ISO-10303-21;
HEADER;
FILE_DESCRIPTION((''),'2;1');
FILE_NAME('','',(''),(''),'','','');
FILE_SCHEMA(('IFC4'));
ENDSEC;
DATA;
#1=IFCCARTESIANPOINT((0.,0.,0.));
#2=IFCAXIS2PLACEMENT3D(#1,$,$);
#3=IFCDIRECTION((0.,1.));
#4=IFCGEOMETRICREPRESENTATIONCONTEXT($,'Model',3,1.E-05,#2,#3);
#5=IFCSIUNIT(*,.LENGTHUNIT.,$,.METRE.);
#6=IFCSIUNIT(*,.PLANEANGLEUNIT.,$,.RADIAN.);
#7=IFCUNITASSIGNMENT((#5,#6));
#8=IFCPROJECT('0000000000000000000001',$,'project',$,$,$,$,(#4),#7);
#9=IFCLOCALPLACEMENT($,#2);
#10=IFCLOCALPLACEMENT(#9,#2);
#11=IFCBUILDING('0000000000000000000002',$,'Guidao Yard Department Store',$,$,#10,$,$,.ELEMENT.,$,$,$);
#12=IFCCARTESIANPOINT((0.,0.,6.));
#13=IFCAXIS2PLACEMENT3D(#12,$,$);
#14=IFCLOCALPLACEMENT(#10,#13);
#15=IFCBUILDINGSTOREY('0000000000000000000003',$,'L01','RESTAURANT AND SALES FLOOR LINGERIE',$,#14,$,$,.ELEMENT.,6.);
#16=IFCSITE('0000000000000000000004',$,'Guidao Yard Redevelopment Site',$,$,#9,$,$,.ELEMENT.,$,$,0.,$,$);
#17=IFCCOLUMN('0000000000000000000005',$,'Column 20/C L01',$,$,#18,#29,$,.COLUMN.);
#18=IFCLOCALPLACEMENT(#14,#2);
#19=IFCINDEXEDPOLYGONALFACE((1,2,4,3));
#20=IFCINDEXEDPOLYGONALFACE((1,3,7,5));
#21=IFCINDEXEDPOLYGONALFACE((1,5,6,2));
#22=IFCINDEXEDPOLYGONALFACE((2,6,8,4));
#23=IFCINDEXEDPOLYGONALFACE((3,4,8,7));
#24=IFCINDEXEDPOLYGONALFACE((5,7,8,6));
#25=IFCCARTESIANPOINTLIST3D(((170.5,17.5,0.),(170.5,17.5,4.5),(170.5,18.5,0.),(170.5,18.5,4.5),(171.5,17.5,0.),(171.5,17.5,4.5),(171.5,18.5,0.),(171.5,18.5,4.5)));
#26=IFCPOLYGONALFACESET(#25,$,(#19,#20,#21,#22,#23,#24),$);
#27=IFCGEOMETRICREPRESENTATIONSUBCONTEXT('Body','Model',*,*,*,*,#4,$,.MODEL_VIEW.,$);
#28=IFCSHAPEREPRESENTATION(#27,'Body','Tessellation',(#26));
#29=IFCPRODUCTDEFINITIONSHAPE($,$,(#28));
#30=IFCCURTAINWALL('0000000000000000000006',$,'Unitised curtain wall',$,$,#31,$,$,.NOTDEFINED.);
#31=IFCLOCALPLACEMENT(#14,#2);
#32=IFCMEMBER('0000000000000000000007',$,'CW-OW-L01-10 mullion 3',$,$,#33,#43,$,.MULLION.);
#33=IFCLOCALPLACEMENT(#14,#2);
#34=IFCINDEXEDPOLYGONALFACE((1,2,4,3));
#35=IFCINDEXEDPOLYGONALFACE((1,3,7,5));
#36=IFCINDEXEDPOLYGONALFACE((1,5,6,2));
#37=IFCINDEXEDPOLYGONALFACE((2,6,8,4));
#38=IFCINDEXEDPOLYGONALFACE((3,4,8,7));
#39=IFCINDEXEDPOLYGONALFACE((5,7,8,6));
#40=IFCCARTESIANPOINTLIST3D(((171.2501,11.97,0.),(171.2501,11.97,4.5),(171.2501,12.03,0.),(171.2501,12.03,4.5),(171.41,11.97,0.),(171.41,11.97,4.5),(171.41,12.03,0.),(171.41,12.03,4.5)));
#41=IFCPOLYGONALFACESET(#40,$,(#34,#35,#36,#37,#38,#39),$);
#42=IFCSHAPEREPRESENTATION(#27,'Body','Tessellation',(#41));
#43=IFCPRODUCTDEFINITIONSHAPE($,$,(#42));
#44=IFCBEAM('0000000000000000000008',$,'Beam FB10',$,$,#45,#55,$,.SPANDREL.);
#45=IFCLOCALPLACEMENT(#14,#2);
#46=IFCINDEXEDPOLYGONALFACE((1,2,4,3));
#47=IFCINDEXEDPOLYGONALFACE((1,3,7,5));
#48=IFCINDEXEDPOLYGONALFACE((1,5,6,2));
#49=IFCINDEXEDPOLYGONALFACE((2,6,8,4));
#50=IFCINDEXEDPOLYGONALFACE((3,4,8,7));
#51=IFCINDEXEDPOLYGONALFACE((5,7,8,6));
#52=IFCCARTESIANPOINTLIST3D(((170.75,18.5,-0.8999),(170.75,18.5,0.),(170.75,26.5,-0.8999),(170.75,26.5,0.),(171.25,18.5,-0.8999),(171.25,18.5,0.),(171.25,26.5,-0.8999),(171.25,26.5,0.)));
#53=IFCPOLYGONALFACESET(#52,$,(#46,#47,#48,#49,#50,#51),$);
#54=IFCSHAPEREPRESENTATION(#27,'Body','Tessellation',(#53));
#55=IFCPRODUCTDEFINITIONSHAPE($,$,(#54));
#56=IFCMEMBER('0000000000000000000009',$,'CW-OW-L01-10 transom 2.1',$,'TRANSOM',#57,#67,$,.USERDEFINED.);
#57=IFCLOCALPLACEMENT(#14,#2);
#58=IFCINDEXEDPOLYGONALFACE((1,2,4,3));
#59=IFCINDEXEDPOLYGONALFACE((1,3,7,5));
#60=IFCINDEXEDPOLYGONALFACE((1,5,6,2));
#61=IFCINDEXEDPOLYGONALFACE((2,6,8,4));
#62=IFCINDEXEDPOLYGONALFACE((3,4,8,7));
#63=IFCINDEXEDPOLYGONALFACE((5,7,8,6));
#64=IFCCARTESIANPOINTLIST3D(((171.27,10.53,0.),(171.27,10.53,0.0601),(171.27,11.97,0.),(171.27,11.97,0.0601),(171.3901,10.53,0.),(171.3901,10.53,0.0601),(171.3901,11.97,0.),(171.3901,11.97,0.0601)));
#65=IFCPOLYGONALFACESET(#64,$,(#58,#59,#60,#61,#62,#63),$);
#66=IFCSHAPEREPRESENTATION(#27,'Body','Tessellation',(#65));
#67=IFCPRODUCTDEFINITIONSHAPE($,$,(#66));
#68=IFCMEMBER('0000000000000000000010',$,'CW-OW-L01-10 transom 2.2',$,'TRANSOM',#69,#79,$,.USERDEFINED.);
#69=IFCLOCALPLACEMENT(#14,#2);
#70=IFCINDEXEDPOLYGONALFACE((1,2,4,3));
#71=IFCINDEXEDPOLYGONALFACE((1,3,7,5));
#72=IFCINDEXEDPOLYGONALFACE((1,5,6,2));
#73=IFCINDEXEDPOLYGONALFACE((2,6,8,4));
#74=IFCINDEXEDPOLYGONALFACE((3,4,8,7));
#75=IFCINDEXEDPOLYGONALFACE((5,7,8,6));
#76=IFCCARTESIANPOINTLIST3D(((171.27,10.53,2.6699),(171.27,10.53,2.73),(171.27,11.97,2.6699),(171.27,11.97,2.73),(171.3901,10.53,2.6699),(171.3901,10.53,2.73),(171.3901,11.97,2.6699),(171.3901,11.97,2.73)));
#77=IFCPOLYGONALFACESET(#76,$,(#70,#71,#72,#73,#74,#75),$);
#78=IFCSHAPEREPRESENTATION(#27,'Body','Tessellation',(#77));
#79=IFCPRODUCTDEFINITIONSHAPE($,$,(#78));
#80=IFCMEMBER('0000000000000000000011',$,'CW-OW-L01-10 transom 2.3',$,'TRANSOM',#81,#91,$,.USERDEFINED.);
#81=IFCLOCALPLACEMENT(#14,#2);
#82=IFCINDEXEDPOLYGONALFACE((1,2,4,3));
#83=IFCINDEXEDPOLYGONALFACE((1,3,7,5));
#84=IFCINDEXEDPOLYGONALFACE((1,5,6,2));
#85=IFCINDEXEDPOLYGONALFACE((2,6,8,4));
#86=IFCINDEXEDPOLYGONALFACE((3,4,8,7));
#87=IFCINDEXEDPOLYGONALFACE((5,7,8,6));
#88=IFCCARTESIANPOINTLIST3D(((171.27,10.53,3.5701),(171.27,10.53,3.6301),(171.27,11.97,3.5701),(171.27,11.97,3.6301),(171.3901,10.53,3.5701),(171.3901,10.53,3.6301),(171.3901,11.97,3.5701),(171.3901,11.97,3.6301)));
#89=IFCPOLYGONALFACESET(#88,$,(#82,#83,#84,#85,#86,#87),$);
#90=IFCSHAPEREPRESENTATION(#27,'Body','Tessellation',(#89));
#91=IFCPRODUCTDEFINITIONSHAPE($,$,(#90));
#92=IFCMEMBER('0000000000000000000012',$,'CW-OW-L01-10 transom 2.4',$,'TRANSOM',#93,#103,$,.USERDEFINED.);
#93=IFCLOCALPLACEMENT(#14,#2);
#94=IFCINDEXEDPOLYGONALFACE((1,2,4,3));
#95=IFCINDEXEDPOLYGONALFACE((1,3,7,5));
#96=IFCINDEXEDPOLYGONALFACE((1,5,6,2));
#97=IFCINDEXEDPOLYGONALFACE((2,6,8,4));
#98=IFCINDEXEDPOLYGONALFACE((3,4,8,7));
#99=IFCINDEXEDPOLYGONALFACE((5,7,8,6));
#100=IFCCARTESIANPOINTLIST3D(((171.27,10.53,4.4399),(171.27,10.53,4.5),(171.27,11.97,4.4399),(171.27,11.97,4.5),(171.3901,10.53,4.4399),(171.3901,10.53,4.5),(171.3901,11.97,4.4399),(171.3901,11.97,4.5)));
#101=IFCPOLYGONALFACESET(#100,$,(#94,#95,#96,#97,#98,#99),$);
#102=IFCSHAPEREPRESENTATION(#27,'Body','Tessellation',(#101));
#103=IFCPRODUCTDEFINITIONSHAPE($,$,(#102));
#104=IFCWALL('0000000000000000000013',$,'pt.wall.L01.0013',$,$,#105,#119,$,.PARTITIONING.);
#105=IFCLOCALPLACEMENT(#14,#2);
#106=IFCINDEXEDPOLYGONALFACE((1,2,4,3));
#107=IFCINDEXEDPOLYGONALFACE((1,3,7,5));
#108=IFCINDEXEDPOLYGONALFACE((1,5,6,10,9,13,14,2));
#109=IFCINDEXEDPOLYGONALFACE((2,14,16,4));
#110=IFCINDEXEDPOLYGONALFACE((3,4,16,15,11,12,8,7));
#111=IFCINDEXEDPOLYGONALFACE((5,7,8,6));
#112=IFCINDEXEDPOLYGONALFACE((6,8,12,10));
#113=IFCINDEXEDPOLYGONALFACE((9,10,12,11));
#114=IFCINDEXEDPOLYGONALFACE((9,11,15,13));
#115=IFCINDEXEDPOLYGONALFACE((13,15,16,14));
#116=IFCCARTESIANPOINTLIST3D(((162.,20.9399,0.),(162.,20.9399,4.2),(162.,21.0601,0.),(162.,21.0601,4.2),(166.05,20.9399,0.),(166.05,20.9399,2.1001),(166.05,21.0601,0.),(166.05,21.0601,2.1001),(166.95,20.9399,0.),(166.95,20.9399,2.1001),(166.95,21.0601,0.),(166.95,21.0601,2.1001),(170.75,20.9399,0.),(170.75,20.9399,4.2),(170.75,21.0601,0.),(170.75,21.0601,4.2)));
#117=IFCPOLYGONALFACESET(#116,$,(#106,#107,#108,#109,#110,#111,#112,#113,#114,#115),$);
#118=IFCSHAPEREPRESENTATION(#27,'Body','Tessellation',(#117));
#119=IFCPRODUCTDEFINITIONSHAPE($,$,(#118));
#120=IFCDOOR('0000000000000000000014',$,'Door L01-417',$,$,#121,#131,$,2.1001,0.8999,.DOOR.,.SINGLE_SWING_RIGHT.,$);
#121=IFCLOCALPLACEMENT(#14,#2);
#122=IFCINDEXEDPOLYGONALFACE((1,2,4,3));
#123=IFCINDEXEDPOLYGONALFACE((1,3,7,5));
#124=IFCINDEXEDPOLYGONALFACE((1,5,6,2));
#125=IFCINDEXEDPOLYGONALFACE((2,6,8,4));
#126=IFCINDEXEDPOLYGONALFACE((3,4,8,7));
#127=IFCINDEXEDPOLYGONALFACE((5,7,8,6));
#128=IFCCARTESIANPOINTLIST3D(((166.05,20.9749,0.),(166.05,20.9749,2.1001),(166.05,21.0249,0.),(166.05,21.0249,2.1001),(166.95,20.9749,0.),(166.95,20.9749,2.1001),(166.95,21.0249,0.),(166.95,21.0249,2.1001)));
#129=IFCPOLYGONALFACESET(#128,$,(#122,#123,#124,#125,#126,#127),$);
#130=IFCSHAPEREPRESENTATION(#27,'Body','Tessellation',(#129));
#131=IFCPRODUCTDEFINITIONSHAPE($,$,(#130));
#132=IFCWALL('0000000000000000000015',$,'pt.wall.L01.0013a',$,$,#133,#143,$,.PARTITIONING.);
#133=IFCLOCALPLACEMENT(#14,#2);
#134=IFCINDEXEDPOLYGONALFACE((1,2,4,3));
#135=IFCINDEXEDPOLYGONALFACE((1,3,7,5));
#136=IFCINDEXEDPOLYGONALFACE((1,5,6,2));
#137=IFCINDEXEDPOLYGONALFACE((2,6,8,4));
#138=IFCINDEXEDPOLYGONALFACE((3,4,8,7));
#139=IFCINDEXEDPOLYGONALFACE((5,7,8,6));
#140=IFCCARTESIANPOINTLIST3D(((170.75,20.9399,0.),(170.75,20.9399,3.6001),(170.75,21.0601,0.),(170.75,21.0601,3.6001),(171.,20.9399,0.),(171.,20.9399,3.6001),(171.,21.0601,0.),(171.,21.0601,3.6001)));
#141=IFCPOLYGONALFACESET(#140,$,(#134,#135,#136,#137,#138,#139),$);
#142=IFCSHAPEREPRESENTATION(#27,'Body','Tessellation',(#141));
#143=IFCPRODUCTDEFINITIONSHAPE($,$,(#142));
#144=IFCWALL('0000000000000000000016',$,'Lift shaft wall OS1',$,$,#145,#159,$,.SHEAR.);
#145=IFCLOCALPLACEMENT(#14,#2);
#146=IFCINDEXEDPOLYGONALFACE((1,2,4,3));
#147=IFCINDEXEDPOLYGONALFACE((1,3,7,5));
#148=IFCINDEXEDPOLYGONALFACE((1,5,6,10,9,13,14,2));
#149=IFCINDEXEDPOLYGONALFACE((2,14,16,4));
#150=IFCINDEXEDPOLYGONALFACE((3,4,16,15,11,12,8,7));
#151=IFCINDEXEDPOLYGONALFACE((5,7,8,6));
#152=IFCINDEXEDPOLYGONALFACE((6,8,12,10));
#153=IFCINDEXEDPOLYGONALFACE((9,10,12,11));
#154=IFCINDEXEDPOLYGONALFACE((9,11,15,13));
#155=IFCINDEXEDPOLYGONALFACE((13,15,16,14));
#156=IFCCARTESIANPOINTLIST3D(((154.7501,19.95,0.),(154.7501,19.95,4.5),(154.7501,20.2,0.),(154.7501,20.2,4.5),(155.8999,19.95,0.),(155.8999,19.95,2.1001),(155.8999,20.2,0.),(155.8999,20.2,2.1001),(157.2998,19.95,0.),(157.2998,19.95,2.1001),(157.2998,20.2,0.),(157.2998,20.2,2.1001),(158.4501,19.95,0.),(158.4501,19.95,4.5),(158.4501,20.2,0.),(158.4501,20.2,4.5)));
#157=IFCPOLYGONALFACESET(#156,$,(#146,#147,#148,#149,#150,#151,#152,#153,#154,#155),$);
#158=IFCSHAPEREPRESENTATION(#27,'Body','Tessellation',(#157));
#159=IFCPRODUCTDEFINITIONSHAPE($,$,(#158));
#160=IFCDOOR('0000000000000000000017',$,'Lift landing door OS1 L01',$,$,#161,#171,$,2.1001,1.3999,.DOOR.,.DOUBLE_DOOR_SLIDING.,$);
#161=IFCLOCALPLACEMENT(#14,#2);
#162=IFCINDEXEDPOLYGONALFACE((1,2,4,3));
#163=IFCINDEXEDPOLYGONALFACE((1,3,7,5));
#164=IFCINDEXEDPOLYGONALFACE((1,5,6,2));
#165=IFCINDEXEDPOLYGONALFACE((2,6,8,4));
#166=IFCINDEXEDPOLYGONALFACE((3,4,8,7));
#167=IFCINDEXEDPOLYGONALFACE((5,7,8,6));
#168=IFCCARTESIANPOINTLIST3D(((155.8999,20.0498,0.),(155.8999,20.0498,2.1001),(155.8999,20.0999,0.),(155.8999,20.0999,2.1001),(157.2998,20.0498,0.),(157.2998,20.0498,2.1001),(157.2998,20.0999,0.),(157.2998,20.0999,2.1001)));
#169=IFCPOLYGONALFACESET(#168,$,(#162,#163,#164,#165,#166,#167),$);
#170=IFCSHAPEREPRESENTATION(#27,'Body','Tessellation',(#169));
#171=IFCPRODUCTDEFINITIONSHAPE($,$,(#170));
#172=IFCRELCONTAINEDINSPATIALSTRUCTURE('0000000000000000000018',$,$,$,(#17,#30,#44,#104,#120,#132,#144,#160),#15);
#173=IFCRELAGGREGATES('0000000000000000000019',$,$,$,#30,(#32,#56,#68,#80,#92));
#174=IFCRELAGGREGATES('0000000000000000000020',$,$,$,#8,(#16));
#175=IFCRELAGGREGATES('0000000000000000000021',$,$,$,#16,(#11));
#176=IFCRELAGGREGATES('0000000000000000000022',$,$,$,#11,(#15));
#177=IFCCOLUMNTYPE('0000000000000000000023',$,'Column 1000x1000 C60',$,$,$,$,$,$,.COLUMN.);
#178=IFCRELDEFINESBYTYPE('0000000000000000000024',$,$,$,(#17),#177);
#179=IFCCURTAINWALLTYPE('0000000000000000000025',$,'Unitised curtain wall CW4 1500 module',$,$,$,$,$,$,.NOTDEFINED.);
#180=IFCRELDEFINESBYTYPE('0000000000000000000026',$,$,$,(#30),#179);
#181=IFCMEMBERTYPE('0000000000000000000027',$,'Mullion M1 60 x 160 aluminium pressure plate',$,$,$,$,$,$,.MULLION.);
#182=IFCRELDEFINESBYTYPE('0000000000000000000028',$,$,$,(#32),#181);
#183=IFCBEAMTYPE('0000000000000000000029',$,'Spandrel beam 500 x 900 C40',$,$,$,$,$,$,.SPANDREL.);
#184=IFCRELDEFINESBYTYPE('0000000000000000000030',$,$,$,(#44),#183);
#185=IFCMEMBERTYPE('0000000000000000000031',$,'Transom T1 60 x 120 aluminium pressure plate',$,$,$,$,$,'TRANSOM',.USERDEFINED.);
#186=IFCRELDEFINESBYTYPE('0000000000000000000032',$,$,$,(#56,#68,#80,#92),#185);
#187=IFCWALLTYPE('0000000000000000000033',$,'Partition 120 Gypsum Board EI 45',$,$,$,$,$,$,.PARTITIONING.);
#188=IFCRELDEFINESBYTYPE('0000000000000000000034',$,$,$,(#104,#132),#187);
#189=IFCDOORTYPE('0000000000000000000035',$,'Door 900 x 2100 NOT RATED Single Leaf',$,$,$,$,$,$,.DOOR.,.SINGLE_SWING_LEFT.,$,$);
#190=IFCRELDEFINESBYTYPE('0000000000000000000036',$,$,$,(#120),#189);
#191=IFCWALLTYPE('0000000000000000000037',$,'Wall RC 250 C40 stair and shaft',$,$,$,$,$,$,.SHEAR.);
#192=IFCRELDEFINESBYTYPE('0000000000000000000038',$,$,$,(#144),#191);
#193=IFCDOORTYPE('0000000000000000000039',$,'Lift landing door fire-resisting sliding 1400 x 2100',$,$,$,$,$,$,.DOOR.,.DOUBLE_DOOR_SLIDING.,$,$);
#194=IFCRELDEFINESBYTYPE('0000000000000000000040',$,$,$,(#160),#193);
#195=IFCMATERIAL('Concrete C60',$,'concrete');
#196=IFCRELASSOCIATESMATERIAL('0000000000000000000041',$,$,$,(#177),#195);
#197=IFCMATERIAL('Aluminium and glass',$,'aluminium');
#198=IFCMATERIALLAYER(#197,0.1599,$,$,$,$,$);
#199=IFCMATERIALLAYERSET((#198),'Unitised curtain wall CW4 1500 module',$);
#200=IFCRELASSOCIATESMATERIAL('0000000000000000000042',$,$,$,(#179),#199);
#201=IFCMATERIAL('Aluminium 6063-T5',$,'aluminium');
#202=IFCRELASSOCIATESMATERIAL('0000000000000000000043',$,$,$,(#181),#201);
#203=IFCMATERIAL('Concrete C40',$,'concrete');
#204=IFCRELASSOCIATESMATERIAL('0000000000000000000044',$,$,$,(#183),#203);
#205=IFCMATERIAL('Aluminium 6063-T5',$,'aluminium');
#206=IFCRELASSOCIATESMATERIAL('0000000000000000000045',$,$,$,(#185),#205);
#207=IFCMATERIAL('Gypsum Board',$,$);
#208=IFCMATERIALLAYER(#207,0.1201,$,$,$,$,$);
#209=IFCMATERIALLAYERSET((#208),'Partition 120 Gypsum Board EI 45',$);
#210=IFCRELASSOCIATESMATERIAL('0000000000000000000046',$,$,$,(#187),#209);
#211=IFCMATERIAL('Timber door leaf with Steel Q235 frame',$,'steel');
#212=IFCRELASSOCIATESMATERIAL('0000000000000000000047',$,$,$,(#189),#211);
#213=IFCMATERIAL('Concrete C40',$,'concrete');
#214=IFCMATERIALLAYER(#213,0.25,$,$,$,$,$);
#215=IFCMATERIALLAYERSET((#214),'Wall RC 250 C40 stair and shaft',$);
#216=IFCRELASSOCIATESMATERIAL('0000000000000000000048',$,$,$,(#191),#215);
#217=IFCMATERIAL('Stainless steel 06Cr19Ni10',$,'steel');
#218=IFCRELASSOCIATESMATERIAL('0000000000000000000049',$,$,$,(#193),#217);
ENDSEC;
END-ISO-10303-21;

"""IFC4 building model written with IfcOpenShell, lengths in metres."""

from ifc_helpers import new_model, si_unit, direction, frame, frame_2d, origin, origin_2d, place, context, subcontext, project, spatial, rectangle, extrude, material, layer, layer_set, material_profile, profile_set, type_object, element, fill, aggregate, save


model = new_model("IFC4")

# Units and contexts
model_context = context("Model", 3, precision=1e-05, world=origin(), true_north=direction((0.0, 1.0)))
body_context = subcontext(model_context, "Body", "Model", "MODEL_VIEW")
ifc_project = project(units=[si_unit("LENGTHUNIT", "METRE"), si_unit("PLANEANGLEUNIT", "RADIAN")], contexts=[model_context])

# Site, building, storey
site_placement = place(None, origin())
site = spatial("IfcSite", under=ifc_project, at=site_placement, Name="Guidao Yard Redevelopment Site", CompositionType="ELEMENT", RefElevation=0.0)
building_placement = place(site_placement, origin())
building = spatial("IfcBuilding", under=site, at=building_placement, Name="Guidao Yard Department Store", CompositionType="ELEMENT")
storey_placement = place(building_placement, frame((0.0, 0.0, 6.0)))
storey = spatial("IfcBuildingStorey", under=building, at=storey_placement, Name="L01", Description="RESTAURANT AND SALES FLOOR LINGERIE", CompositionType="ELEMENT", Elevation=6.0)

# Column
ifc_material_1 = material(Name="Concrete C60", Category="concrete")
ifc_material_profile_1 = material_profile(ifc_material_1, rectangle(XDim=1.0, YDim=1.0, at=origin_2d()), Name="COL 1000x1000")
ifc_profile_set_1 = profile_set([ifc_material_profile_1], Name="Concrete C60")
column_type = type_object("IfcColumnType", Name="Column 1000x1000 C60", PredefinedType="COLUMN", material=ifc_profile_set_1)
column_placement = place(storey_placement, frame((171.0, 18.0, 0.0), z_axis=(0.0, 0.0, 1.0), x_axis=(1.0, 0.0, 0.0)))
element("IfcColumn", 1, at=column_placement, inside=storey, type_object=column_type, Name="Column 20/C L01", PredefinedType="COLUMN", context=body_context, shape_type="SweptSolid", body=[
    extrude(rectangle(XDim=1.0, YDim=1.0, at=origin_2d()), origin(), (0.0, 0.0, 1.0), 4.5),
])

# Curtain wall, member
ifc_material_2 = material(Name="Aluminium and glass", Category="aluminium")
ifc_layer_1 = layer(ifc_material_2, 0.1599)
ifc_layer_set_1 = layer_set([ifc_layer_1], Name="Unitised curtain wall CW4 1500 module")
curtain_wall_type = type_object("IfcCurtainWallType", Name="Unitised curtain wall CW4 1500 module", PredefinedType="NOTDEFINED", material=ifc_layer_set_1)
curtain_wall_placement = place(storey_placement, origin())
curtain_wall = element("IfcCurtainWall", 2, at=curtain_wall_placement, inside=storey, type_object=curtain_wall_type, Name="Unitised curtain wall", PredefinedType="NOTDEFINED")
ifc_material_3 = material(Name="Aluminium 6063-T5", Category="aluminium")
ifc_material_profile_2 = material_profile(ifc_material_3, rectangle(XDim=0.0601, YDim=0.1599, at=origin_2d()), Name="Mullion M1 60 x 160 aluminium pressure plate")
ifc_profile_set_2 = profile_set([ifc_material_profile_2], Name="Aluminium 6063-T5")
member_type_1 = type_object("IfcMemberType", Name="Mullion M1 60 x 160 aluminium pressure plate", PredefinedType="MULLION", material=ifc_profile_set_2)
member_1_placement = place(storey_placement, frame((171.3301, 12.0, 0.0), z_axis=(0.0, 0.0, 1.0), x_axis=(0.0, -1.0, 0.0)))
member_1 = element("IfcMember", 3, at=member_1_placement, type_object=member_type_1, Name="CW-OW-L01-10 mullion 3", PredefinedType="MULLION", context=body_context, shape_type="SweptSolid", body=[
    extrude(rectangle(XDim=0.0601, YDim=0.1599, at=origin_2d()), origin(), (0.0, 0.0, 1.0), 4.5),
])

# Beam
ifc_material_4 = material(Name="Concrete C40", Category="concrete")
ifc_material_profile_3 = material_profile(ifc_material_4, rectangle(XDim=0.5, YDim=0.8999, at=origin_2d()), Name="Spandrel beam 500 x 900 C40")
ifc_profile_set_3 = profile_set([ifc_material_profile_3], Name="Concrete C40")
beam_type = type_object("IfcBeamType", Name="Spandrel beam 500 x 900 C40", PredefinedType="SPANDREL", material=ifc_profile_set_3)
beam_placement = place(storey_placement, frame((171.0, 18.5, -0.45), z_axis=(0.0, 1.0, 0.0), x_axis=(-1.0, 0.0, 0.0)))
element("IfcBeam", 4, at=beam_placement, inside=storey, type_object=beam_type, Name="Beam FB10", PredefinedType="SPANDREL", context=body_context, shape_type="SweptSolid", body=[
    extrude(rectangle(XDim=0.5, YDim=0.8999, at=origin_2d()), origin(), (0.0, 0.0, 1.0), 8.0),
])

# Members
ifc_material_5 = material(Name="Aluminium 6063-T5", Category="aluminium")
ifc_material_profile_4 = material_profile(ifc_material_5, rectangle(XDim=0.1201, YDim=0.0601, at=origin_2d()), Name="Transom T1 60 x 120 aluminium pressure plate")
ifc_profile_set_4 = profile_set([ifc_material_profile_4], Name="Aluminium 6063-T5")
member_type_2 = type_object("IfcMemberType", Name="Transom T1 60 x 120 aluminium pressure plate", ElementType="TRANSOM", PredefinedType="USERDEFINED", material=ifc_profile_set_4)
member_2_placement = place(storey_placement, frame((171.3301, 11.97, 0.03), z_axis=(0.0, -1.0, 0.0), x_axis=(1.0, 0.0, 0.0)))
member_2 = element("IfcMember", 5, at=member_2_placement, type_object=member_type_2, Name="CW-OW-L01-10 transom 2.1", ObjectType="TRANSOM", PredefinedType="USERDEFINED", context=body_context, shape_type="SweptSolid", body=[
    extrude(rectangle(XDim=0.1201, YDim=0.0601, at=origin_2d()), origin(), (0.0, 0.0, 1.0), 1.4399),
])
member_3_placement = place(storey_placement, frame((171.3301, 11.97, 2.7), z_axis=(0.0, -1.0, 0.0), x_axis=(1.0, 0.0, 0.0)))
member_3 = element("IfcMember", 6, at=member_3_placement, type_object=member_type_2, Name="CW-OW-L01-10 transom 2.2", ObjectType="TRANSOM", PredefinedType="USERDEFINED", context=body_context, shape_type="SweptSolid", body=[
    extrude(rectangle(XDim=0.1201, YDim=0.0601, at=origin_2d()), origin(), (0.0, 0.0, 1.0), 1.4399),
])
member_4_placement = place(storey_placement, frame((171.3301, 11.97, 3.6001), z_axis=(0.0, -1.0, 0.0), x_axis=(1.0, 0.0, 0.0)))
member_4 = element("IfcMember", 7, at=member_4_placement, type_object=member_type_2, Name="CW-OW-L01-10 transom 2.3", ObjectType="TRANSOM", PredefinedType="USERDEFINED", context=body_context, shape_type="SweptSolid", body=[
    extrude(rectangle(XDim=0.1201, YDim=0.0601, at=origin_2d()), origin(), (0.0, 0.0, 1.0), 1.4399),
])
member_5_placement = place(storey_placement, frame((171.3301, 11.97, 4.47), z_axis=(0.0, -1.0, 0.0), x_axis=(1.0, 0.0, 0.0)))
member_5 = element("IfcMember", 8, at=member_5_placement, type_object=member_type_2, Name="CW-OW-L01-10 transom 2.4", ObjectType="TRANSOM", PredefinedType="USERDEFINED", context=body_context, shape_type="SweptSolid", body=[
    extrude(rectangle(XDim=0.1201, YDim=0.0601, at=origin_2d()), origin(), (0.0, 0.0, 1.0), 1.4399),
])
aggregate(curtain_wall, [member_1, member_2, member_3, member_4, member_5])

# Wall, opening, door
ifc_material_6 = material(Name="Gypsum Board")
ifc_layer_2 = layer(ifc_material_6, 0.1201)
ifc_layer_set_2 = layer_set([ifc_layer_2], Name="Partition 120 Gypsum Board EI 45")
wall_type_1 = type_object("IfcWallType", Name="Partition 120 Gypsum Board EI 45", PredefinedType="PARTITIONING", material=ifc_layer_set_2)
wall_1_placement = place(storey_placement, frame((162.0, 21.0, 0.0), z_axis=(0.0, 0.0, 1.0), x_axis=(1.0, 0.0, 0.0)))
wall_1 = element("IfcWall", 9, at=wall_1_placement, inside=storey, type_object=wall_type_1, Name="pt.wall.L01.0013", PredefinedType="PARTITIONING", context=body_context, shape_type="SweptSolid", body=[
    extrude(rectangle(XDim=8.75, YDim=0.1201, at=frame_2d((4.375, 0.0))), origin(), (0.0, 0.0, 1.0), 4.2),
])
opening_1_placement = place(wall_1_placement, frame((4.05, 0.0, 0.0)))
opening_1 = element("IfcOpeningElement", 10, at=opening_1_placement, cuts=wall_1, PredefinedType="OPENING", context=body_context, shape_type="SweptSolid", body=[
    extrude(rectangle(XDim=0.8999, YDim=2.1001, at=frame_2d((0.45, 1.05))), frame((0.0, 0.0701, 0.0), z_axis=(0.0, -1.0, 0.0), x_axis=(1.0, 0.0, 0.0)), (0.0, 0.0, 1.0), 0.1401),
])
ifc_material_7 = material(Name="Timber door leaf with Steel Q235 frame", Category="steel")
door_type_1 = type_object("IfcDoorType", Name="Door 900 x 2100 NOT RATED Single Leaf", OperationType="SINGLE_SWING_LEFT", PredefinedType="DOOR", material=ifc_material_7)
door_1_placement = place(opening_1_placement, origin())
door_1 = element("IfcDoor", 11, at=door_1_placement, inside=storey, type_object=door_type_1, Name="Door L01-417", OperationType="SINGLE_SWING_RIGHT", OverallHeight=2.1001, OverallWidth=0.8999, PredefinedType="DOOR", context=body_context, shape_type="SweptSolid", body=[
    extrude(rectangle(XDim=0.8999, YDim=2.1001, at=frame_2d((0.45, 1.05))), frame((0.0, 0.0249, 0.0), z_axis=(0.0, -1.0, 0.0), x_axis=(1.0, 0.0, 0.0)), (0.0, 0.0, 1.0), 0.05),
])
fill(opening_1, door_1)

# Wall
wall_2_placement = place(storey_placement, frame((170.75, 21.0, 0.0), z_axis=(0.0, 0.0, 1.0), x_axis=(1.0, 0.0, 0.0)))
element("IfcWall", 12, at=wall_2_placement, inside=storey, type_object=wall_type_1, Name="pt.wall.L01.0013a", PredefinedType="PARTITIONING", context=body_context, shape_type="SweptSolid", body=[
    extrude(rectangle(XDim=0.25, YDim=0.1201, at=frame_2d((0.125, 0.0))), origin(), (0.0, 0.0, 1.0), 3.6001),
])

# Wall, opening, door
ifc_material_8 = material(Name="Concrete C40", Category="concrete")
ifc_layer_3 = layer(ifc_material_8, 0.25)
ifc_layer_set_3 = layer_set([ifc_layer_3], Name="Wall RC 250 C40 stair and shaft")
wall_type_2 = type_object("IfcWallType", Name="Wall RC 250 C40 stair and shaft", PredefinedType="SHEAR", material=ifc_layer_set_3)
wall_3_placement = place(storey_placement, frame((154.75, 20.075, 0.0), z_axis=(0.0, 0.0, 1.0), x_axis=(1.0, 0.0, 0.0)))
wall_3 = element("IfcWall", 13, at=wall_3_placement, inside=storey, type_object=wall_type_2, Name="Lift shaft wall OS1", PredefinedType="SHEAR", context=body_context, shape_type="SweptSolid", body=[
    extrude(rectangle(XDim=3.7, YDim=0.25, at=frame_2d((1.8501, 0.0))), origin(), (0.0, 0.0, 1.0), 4.5),
])
opening_2_placement = place(wall_3_placement, frame((1.1499, 0.0, 0.0)))
opening_2 = element("IfcOpeningElement", 14, at=opening_2_placement, cuts=wall_3, PredefinedType="OPENING", context=body_context, shape_type="SweptSolid", body=[
    extrude(rectangle(XDim=1.3999, YDim=2.1001, at=frame_2d((0.7, 1.05))), frame((0.0, 0.135, 0.0), z_axis=(0.0, -1.0, 0.0), x_axis=(1.0, 0.0, 0.0)), (0.0, 0.0, 1.0), 0.27),
])
ifc_material_9 = material(Name="Stainless steel 06Cr19Ni10", Category="steel")
door_type_2 = type_object("IfcDoorType", Name="Lift landing door fire-resisting sliding 1400 x 2100", OperationType="DOUBLE_DOOR_SLIDING", PredefinedType="DOOR", material=ifc_material_9)
door_2_placement = place(opening_2_placement, origin())
door_2 = element("IfcDoor", 15, at=door_2_placement, inside=storey, type_object=door_type_2, Name="Lift landing door OS1 L01", OperationType="DOUBLE_DOOR_SLIDING", OverallHeight=2.1001, OverallWidth=1.3999, PredefinedType="DOOR", context=body_context, shape_type="SweptSolid", body=[
    extrude(rectangle(XDim=1.3999, YDim=2.1001, at=frame_2d((0.7, 1.05))), frame((0.0, 0.0249, 0.0), z_axis=(0.0, -1.0, 0.0), x_axis=(1.0, 0.0, 0.0)), (0.0, 0.0, 1.0), 0.05),
])
fill(opening_2, door_2)

save(model, "model.ifc")
